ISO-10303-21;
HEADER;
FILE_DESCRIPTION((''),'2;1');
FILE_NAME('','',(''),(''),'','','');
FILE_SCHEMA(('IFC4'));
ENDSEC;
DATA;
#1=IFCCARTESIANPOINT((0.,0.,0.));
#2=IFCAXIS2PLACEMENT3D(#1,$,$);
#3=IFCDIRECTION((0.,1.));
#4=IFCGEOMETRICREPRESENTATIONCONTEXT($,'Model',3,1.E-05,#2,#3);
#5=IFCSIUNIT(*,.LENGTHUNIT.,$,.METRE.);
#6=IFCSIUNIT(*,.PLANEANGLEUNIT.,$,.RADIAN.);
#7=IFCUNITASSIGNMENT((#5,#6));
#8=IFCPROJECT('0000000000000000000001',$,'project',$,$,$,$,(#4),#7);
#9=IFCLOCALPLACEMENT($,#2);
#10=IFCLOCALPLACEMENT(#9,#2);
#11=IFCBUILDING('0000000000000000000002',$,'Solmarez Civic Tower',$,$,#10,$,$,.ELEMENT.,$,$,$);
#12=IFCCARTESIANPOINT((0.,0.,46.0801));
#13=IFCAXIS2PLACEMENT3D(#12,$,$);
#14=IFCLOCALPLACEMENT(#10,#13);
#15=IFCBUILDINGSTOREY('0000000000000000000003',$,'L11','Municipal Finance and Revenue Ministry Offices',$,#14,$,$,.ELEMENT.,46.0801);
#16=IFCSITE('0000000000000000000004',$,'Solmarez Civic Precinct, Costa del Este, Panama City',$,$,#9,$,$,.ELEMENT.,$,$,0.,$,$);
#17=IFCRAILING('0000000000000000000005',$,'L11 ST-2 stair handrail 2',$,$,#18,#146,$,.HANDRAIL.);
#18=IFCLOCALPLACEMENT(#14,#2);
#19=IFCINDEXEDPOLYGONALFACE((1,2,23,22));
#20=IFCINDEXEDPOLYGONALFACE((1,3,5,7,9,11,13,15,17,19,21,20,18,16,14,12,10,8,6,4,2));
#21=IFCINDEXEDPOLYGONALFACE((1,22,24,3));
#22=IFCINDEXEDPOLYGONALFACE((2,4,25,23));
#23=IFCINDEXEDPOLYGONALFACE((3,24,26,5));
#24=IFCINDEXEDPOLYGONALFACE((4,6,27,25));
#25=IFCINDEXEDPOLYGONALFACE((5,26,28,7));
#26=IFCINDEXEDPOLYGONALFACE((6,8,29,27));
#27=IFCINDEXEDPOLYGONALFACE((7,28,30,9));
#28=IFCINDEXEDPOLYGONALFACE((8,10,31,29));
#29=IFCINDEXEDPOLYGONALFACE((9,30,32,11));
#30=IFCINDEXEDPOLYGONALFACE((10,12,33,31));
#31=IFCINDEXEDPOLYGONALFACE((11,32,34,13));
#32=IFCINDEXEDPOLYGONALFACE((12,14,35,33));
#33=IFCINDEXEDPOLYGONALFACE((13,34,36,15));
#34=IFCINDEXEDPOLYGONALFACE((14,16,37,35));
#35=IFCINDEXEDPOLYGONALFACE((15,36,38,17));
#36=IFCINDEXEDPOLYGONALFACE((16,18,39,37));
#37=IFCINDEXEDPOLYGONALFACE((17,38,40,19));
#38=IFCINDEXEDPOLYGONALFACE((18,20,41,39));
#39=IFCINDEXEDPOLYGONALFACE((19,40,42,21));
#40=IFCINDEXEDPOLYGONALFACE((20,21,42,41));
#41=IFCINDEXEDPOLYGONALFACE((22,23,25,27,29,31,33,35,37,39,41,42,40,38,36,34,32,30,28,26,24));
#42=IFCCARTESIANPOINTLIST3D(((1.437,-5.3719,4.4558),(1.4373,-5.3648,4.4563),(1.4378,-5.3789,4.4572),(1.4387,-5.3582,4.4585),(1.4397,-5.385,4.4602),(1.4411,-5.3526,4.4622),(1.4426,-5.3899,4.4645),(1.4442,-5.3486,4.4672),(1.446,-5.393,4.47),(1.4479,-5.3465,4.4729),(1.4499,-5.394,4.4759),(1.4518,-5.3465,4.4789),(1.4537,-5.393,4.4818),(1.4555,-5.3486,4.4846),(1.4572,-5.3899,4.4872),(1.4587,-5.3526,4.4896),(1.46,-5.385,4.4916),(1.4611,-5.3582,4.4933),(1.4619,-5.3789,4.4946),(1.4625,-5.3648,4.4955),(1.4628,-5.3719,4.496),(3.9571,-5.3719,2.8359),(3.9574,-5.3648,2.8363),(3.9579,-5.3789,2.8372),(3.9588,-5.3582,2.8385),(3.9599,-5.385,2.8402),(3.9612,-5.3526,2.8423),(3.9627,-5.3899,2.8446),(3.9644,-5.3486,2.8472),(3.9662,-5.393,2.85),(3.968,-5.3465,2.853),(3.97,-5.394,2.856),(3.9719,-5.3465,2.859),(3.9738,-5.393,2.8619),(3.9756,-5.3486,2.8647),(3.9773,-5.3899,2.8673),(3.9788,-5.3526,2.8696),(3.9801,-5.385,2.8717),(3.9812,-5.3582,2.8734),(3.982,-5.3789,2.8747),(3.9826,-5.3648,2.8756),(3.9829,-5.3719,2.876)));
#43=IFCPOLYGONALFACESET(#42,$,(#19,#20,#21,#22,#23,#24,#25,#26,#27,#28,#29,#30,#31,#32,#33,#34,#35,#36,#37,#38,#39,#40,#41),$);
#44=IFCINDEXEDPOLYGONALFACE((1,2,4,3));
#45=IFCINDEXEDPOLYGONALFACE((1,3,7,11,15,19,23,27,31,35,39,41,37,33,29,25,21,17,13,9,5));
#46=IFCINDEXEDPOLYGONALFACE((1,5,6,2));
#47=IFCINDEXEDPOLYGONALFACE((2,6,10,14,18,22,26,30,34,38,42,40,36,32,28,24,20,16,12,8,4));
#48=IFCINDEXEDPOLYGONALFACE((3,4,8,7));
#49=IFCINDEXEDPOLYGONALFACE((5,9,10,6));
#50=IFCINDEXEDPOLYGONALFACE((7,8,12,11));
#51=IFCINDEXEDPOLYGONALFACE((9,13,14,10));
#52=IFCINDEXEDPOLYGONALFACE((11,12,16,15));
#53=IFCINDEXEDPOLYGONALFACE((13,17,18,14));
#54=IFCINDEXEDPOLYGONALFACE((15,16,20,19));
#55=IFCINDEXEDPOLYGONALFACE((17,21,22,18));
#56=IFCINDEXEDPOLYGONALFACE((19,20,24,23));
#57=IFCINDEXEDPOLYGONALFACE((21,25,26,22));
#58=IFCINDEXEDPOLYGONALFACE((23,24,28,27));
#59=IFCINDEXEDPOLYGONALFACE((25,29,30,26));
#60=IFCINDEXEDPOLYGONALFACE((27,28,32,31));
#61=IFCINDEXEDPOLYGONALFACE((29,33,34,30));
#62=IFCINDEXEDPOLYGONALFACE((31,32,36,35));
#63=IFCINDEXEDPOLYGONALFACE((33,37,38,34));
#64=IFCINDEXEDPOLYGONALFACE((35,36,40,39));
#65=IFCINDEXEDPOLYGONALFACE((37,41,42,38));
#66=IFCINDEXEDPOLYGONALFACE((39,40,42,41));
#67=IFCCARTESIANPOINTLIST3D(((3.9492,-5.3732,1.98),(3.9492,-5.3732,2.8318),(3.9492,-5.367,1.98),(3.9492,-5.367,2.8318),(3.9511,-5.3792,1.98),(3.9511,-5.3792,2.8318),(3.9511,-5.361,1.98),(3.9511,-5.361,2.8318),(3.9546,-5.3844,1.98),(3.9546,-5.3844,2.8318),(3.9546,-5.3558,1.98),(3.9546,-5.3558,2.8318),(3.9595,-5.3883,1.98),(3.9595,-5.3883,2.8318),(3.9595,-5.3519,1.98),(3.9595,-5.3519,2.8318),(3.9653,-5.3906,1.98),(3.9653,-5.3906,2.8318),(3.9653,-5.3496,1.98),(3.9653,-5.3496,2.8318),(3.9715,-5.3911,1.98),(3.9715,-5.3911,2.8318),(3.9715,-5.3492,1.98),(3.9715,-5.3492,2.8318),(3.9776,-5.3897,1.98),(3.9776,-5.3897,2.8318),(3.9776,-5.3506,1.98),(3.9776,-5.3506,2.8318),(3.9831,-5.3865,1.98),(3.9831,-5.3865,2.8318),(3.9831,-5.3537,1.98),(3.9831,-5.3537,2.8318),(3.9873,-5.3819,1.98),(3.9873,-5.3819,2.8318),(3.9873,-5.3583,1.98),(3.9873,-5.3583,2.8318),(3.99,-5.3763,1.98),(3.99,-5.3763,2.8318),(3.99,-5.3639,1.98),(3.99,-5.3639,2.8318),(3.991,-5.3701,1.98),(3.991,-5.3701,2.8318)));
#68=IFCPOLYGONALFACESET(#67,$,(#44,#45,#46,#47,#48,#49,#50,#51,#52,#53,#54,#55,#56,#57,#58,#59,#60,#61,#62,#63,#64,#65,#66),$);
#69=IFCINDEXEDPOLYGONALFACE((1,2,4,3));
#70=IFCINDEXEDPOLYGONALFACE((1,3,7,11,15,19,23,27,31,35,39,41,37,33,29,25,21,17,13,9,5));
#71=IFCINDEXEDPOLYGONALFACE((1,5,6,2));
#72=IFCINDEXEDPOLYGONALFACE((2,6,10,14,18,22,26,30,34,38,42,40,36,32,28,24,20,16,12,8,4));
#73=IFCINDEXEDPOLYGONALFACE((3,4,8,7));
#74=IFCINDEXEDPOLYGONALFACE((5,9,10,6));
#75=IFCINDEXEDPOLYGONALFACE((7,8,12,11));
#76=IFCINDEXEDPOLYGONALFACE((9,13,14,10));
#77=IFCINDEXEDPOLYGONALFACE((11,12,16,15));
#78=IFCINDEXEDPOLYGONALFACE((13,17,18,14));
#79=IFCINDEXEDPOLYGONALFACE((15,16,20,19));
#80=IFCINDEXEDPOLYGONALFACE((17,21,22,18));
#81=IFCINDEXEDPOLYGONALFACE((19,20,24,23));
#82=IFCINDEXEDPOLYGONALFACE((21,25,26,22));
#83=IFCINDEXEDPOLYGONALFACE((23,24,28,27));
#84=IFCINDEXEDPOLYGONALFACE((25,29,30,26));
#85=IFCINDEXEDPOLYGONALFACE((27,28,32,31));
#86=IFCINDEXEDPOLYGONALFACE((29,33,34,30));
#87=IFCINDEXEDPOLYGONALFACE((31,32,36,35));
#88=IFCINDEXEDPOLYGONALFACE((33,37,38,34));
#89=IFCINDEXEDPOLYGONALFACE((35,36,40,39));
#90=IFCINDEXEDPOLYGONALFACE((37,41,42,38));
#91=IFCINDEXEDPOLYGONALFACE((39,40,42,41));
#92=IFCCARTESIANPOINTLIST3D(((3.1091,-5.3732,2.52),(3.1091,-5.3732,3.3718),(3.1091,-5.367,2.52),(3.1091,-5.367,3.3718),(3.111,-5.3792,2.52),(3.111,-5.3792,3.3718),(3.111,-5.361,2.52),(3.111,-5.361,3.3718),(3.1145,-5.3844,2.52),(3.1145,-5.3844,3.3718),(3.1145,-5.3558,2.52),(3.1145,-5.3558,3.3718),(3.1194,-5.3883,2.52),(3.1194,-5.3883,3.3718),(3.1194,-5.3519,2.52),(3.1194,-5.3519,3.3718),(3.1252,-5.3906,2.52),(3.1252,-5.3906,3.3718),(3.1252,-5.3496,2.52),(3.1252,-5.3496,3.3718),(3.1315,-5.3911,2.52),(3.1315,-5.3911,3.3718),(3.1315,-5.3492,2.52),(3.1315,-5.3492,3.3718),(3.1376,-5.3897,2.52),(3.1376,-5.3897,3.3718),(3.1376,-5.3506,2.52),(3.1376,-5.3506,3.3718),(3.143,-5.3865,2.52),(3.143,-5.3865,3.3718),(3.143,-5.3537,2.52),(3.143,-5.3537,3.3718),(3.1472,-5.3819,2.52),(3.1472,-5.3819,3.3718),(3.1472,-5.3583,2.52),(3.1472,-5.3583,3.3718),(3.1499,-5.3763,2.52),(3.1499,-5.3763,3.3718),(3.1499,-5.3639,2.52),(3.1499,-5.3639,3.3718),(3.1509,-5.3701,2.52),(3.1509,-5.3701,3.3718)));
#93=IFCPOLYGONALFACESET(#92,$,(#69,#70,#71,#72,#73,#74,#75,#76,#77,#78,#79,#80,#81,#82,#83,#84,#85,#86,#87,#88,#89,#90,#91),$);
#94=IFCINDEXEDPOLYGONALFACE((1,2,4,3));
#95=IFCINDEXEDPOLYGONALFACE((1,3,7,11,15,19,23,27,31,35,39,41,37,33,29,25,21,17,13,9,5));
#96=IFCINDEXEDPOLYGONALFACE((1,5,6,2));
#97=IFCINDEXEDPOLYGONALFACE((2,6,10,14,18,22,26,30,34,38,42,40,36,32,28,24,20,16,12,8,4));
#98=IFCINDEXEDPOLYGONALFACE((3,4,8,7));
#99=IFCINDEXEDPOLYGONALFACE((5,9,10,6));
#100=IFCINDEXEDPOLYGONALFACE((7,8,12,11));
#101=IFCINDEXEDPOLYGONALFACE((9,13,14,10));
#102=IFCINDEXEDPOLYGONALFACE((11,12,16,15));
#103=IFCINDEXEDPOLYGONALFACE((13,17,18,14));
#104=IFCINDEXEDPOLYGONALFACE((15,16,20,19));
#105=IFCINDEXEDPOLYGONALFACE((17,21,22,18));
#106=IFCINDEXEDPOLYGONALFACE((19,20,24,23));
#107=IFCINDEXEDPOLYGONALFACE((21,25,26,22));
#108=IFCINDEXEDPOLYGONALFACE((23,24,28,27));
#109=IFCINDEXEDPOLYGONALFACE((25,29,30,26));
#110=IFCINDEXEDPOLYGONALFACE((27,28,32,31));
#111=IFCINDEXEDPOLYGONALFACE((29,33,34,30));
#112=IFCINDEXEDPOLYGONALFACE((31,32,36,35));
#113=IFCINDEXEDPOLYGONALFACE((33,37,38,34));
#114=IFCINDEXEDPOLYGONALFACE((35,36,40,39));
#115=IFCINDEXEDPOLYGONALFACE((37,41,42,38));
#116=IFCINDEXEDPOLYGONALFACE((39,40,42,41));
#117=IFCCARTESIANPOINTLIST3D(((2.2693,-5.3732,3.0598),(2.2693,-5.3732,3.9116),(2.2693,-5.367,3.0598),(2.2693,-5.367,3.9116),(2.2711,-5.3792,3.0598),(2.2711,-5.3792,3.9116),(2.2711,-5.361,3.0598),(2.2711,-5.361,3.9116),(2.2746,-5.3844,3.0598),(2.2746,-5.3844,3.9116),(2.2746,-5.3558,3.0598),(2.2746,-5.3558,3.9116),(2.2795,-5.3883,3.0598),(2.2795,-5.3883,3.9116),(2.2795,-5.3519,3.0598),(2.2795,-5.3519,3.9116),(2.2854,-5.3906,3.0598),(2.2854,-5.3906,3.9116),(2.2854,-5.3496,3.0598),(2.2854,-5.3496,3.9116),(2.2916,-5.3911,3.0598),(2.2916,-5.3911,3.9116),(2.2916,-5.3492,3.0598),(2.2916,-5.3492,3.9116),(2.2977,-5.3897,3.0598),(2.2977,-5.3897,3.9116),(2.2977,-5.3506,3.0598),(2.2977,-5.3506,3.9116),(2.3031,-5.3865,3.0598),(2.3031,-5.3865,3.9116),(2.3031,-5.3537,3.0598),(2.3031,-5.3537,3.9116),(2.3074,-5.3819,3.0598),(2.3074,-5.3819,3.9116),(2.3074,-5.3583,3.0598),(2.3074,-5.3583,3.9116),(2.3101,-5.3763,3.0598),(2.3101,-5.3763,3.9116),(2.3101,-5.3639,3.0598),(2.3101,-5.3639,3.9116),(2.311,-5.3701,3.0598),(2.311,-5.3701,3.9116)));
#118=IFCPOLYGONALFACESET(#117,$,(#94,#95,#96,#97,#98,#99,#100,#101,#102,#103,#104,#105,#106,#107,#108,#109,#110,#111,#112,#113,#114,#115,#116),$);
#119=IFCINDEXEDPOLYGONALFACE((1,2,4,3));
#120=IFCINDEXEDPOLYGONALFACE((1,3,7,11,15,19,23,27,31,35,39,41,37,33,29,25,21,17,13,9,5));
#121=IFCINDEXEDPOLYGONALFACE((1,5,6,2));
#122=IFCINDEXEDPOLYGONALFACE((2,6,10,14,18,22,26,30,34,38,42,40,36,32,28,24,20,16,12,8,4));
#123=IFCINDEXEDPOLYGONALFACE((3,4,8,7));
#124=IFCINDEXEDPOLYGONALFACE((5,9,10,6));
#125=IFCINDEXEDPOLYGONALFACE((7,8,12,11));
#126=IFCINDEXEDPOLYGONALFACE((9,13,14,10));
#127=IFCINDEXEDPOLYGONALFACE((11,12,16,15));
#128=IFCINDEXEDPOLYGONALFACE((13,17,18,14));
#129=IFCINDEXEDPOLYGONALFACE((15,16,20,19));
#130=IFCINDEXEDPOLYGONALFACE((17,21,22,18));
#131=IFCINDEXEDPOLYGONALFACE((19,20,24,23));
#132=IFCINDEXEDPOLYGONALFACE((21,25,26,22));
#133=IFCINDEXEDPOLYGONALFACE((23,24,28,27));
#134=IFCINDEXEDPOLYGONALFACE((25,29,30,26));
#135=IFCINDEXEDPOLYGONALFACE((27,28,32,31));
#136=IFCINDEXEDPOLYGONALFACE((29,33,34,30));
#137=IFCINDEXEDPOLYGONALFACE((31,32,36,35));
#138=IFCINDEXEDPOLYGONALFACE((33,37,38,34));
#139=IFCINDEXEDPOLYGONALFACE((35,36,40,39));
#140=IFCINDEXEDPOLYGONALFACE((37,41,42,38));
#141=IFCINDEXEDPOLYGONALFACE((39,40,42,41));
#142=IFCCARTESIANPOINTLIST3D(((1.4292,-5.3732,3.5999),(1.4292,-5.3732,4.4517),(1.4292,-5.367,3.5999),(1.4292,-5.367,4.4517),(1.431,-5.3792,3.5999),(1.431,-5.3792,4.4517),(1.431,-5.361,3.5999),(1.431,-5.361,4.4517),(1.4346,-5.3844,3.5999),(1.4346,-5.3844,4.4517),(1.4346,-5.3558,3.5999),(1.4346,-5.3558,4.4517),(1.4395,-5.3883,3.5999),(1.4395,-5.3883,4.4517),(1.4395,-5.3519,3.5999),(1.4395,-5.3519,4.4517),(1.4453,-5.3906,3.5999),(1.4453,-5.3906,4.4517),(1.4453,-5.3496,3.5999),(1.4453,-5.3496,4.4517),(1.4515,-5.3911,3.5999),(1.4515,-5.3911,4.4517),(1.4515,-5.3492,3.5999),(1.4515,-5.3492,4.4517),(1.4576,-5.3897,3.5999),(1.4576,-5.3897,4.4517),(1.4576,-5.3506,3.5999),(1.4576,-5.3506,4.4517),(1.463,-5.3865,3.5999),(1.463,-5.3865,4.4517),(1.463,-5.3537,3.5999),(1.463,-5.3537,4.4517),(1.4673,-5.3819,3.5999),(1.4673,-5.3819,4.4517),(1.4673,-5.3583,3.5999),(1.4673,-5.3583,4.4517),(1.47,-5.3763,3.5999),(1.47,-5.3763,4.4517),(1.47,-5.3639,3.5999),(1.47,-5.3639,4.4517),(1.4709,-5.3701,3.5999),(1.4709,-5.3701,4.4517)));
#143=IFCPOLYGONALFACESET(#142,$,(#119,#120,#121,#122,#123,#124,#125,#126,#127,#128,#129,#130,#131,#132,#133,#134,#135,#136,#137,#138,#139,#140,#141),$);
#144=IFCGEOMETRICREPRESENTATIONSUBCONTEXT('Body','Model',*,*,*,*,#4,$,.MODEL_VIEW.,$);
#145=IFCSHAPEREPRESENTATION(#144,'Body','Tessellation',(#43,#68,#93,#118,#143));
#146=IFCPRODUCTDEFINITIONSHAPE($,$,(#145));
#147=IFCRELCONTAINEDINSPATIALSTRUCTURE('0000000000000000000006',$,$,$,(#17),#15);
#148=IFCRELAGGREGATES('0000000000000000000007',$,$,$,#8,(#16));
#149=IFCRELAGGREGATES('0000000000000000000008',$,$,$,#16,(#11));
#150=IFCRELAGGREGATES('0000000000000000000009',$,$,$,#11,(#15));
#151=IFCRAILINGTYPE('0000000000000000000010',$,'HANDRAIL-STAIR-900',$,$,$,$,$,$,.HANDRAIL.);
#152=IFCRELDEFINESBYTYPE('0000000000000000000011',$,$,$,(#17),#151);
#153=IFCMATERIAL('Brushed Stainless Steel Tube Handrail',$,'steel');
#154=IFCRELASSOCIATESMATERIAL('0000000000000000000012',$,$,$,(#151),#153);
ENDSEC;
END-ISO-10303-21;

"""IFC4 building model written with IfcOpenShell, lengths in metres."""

from ifc_helpers import new_model, si_unit, direction, frame, origin, origin_2d, place, context, subcontext, project, spatial, circle, extrude, material, type_object, element, save


model = new_model("IFC4")

# Units and contexts
model_context = context("Model", 3, precision=1e-05, world=origin(), true_north=direction((0.0, 1.0)))
body_context = subcontext(model_context, "Body", "Model", "MODEL_VIEW")
ifc_project = project(units=[si_unit("LENGTHUNIT", "METRE"), si_unit("PLANEANGLEUNIT", "RADIAN")], contexts=[model_context])

# Site, building, storey
site_placement = place(None, origin())
site = spatial("IfcSite", under=ifc_project, at=site_placement, Name="Solmarez Civic Precinct, Costa del Este, Panama City", CompositionType="ELEMENT", RefElevation=0.0)
building_placement = place(site_placement, origin())
building = spatial("IfcBuilding", under=site, at=building_placement, Name="Solmarez Civic Tower", CompositionType="ELEMENT")
storey_placement = place(building_placement, frame((0.0, 0.0, 46.0801)))
storey = spatial("IfcBuildingStorey", under=building, at=storey_placement, Name="L11", Description="Municipal Finance and Revenue Ministry Offices", CompositionType="ELEMENT", Elevation=46.0801)

# Railing
ifc_material_1 = material(Name="Brushed Stainless Steel Tube Handrail", Category="steel")
railing_type_1 = type_object("IfcRailingType", Name="HANDRAIL-STAIR-900", PredefinedType="HANDRAIL", material=ifc_material_1)
railing_1_placement = place(storey_placement, frame((3.97, -5.3701, 1.98)))
element("IfcRailing", 1, at=railing_1_placement, inside=storey, type_object=railing_type_1, Name="L11 ST-2 stair handrail 2", PredefinedType="HANDRAIL", context=body_context, shape_type="SweptSolid", body=[
    extrude(circle(Radius=0.0239, at=origin_2d()), frame((0.0, 0.0, 0.876), z_axis=(-0.8412, 0.0, 0.540725), x_axis=(0.0, -1.0, 0.0)), (0.0, 0.0, 1.0), 2.9958),
    extrude(circle(Radius=0.021, at=origin_2d()), origin(), (0.0, 0.0, 1.0), 0.8518),
    extrude(circle(Radius=0.021, at=origin_2d()), frame((-0.8401, 0.0, 0.54)), (0.0, 0.0, 1.0), 0.8518),
    extrude(circle(Radius=0.021, at=origin_2d()), frame((-1.6799, 0.0, 1.0798)), (0.0, 0.0, 1.0), 0.8518),
    extrude(circle(Radius=0.021, at=origin_2d()), frame((-2.52, 0.0, 1.6199)), (0.0, 0.0, 1.0), 0.8518),
])

save(model, "model.ifc")
